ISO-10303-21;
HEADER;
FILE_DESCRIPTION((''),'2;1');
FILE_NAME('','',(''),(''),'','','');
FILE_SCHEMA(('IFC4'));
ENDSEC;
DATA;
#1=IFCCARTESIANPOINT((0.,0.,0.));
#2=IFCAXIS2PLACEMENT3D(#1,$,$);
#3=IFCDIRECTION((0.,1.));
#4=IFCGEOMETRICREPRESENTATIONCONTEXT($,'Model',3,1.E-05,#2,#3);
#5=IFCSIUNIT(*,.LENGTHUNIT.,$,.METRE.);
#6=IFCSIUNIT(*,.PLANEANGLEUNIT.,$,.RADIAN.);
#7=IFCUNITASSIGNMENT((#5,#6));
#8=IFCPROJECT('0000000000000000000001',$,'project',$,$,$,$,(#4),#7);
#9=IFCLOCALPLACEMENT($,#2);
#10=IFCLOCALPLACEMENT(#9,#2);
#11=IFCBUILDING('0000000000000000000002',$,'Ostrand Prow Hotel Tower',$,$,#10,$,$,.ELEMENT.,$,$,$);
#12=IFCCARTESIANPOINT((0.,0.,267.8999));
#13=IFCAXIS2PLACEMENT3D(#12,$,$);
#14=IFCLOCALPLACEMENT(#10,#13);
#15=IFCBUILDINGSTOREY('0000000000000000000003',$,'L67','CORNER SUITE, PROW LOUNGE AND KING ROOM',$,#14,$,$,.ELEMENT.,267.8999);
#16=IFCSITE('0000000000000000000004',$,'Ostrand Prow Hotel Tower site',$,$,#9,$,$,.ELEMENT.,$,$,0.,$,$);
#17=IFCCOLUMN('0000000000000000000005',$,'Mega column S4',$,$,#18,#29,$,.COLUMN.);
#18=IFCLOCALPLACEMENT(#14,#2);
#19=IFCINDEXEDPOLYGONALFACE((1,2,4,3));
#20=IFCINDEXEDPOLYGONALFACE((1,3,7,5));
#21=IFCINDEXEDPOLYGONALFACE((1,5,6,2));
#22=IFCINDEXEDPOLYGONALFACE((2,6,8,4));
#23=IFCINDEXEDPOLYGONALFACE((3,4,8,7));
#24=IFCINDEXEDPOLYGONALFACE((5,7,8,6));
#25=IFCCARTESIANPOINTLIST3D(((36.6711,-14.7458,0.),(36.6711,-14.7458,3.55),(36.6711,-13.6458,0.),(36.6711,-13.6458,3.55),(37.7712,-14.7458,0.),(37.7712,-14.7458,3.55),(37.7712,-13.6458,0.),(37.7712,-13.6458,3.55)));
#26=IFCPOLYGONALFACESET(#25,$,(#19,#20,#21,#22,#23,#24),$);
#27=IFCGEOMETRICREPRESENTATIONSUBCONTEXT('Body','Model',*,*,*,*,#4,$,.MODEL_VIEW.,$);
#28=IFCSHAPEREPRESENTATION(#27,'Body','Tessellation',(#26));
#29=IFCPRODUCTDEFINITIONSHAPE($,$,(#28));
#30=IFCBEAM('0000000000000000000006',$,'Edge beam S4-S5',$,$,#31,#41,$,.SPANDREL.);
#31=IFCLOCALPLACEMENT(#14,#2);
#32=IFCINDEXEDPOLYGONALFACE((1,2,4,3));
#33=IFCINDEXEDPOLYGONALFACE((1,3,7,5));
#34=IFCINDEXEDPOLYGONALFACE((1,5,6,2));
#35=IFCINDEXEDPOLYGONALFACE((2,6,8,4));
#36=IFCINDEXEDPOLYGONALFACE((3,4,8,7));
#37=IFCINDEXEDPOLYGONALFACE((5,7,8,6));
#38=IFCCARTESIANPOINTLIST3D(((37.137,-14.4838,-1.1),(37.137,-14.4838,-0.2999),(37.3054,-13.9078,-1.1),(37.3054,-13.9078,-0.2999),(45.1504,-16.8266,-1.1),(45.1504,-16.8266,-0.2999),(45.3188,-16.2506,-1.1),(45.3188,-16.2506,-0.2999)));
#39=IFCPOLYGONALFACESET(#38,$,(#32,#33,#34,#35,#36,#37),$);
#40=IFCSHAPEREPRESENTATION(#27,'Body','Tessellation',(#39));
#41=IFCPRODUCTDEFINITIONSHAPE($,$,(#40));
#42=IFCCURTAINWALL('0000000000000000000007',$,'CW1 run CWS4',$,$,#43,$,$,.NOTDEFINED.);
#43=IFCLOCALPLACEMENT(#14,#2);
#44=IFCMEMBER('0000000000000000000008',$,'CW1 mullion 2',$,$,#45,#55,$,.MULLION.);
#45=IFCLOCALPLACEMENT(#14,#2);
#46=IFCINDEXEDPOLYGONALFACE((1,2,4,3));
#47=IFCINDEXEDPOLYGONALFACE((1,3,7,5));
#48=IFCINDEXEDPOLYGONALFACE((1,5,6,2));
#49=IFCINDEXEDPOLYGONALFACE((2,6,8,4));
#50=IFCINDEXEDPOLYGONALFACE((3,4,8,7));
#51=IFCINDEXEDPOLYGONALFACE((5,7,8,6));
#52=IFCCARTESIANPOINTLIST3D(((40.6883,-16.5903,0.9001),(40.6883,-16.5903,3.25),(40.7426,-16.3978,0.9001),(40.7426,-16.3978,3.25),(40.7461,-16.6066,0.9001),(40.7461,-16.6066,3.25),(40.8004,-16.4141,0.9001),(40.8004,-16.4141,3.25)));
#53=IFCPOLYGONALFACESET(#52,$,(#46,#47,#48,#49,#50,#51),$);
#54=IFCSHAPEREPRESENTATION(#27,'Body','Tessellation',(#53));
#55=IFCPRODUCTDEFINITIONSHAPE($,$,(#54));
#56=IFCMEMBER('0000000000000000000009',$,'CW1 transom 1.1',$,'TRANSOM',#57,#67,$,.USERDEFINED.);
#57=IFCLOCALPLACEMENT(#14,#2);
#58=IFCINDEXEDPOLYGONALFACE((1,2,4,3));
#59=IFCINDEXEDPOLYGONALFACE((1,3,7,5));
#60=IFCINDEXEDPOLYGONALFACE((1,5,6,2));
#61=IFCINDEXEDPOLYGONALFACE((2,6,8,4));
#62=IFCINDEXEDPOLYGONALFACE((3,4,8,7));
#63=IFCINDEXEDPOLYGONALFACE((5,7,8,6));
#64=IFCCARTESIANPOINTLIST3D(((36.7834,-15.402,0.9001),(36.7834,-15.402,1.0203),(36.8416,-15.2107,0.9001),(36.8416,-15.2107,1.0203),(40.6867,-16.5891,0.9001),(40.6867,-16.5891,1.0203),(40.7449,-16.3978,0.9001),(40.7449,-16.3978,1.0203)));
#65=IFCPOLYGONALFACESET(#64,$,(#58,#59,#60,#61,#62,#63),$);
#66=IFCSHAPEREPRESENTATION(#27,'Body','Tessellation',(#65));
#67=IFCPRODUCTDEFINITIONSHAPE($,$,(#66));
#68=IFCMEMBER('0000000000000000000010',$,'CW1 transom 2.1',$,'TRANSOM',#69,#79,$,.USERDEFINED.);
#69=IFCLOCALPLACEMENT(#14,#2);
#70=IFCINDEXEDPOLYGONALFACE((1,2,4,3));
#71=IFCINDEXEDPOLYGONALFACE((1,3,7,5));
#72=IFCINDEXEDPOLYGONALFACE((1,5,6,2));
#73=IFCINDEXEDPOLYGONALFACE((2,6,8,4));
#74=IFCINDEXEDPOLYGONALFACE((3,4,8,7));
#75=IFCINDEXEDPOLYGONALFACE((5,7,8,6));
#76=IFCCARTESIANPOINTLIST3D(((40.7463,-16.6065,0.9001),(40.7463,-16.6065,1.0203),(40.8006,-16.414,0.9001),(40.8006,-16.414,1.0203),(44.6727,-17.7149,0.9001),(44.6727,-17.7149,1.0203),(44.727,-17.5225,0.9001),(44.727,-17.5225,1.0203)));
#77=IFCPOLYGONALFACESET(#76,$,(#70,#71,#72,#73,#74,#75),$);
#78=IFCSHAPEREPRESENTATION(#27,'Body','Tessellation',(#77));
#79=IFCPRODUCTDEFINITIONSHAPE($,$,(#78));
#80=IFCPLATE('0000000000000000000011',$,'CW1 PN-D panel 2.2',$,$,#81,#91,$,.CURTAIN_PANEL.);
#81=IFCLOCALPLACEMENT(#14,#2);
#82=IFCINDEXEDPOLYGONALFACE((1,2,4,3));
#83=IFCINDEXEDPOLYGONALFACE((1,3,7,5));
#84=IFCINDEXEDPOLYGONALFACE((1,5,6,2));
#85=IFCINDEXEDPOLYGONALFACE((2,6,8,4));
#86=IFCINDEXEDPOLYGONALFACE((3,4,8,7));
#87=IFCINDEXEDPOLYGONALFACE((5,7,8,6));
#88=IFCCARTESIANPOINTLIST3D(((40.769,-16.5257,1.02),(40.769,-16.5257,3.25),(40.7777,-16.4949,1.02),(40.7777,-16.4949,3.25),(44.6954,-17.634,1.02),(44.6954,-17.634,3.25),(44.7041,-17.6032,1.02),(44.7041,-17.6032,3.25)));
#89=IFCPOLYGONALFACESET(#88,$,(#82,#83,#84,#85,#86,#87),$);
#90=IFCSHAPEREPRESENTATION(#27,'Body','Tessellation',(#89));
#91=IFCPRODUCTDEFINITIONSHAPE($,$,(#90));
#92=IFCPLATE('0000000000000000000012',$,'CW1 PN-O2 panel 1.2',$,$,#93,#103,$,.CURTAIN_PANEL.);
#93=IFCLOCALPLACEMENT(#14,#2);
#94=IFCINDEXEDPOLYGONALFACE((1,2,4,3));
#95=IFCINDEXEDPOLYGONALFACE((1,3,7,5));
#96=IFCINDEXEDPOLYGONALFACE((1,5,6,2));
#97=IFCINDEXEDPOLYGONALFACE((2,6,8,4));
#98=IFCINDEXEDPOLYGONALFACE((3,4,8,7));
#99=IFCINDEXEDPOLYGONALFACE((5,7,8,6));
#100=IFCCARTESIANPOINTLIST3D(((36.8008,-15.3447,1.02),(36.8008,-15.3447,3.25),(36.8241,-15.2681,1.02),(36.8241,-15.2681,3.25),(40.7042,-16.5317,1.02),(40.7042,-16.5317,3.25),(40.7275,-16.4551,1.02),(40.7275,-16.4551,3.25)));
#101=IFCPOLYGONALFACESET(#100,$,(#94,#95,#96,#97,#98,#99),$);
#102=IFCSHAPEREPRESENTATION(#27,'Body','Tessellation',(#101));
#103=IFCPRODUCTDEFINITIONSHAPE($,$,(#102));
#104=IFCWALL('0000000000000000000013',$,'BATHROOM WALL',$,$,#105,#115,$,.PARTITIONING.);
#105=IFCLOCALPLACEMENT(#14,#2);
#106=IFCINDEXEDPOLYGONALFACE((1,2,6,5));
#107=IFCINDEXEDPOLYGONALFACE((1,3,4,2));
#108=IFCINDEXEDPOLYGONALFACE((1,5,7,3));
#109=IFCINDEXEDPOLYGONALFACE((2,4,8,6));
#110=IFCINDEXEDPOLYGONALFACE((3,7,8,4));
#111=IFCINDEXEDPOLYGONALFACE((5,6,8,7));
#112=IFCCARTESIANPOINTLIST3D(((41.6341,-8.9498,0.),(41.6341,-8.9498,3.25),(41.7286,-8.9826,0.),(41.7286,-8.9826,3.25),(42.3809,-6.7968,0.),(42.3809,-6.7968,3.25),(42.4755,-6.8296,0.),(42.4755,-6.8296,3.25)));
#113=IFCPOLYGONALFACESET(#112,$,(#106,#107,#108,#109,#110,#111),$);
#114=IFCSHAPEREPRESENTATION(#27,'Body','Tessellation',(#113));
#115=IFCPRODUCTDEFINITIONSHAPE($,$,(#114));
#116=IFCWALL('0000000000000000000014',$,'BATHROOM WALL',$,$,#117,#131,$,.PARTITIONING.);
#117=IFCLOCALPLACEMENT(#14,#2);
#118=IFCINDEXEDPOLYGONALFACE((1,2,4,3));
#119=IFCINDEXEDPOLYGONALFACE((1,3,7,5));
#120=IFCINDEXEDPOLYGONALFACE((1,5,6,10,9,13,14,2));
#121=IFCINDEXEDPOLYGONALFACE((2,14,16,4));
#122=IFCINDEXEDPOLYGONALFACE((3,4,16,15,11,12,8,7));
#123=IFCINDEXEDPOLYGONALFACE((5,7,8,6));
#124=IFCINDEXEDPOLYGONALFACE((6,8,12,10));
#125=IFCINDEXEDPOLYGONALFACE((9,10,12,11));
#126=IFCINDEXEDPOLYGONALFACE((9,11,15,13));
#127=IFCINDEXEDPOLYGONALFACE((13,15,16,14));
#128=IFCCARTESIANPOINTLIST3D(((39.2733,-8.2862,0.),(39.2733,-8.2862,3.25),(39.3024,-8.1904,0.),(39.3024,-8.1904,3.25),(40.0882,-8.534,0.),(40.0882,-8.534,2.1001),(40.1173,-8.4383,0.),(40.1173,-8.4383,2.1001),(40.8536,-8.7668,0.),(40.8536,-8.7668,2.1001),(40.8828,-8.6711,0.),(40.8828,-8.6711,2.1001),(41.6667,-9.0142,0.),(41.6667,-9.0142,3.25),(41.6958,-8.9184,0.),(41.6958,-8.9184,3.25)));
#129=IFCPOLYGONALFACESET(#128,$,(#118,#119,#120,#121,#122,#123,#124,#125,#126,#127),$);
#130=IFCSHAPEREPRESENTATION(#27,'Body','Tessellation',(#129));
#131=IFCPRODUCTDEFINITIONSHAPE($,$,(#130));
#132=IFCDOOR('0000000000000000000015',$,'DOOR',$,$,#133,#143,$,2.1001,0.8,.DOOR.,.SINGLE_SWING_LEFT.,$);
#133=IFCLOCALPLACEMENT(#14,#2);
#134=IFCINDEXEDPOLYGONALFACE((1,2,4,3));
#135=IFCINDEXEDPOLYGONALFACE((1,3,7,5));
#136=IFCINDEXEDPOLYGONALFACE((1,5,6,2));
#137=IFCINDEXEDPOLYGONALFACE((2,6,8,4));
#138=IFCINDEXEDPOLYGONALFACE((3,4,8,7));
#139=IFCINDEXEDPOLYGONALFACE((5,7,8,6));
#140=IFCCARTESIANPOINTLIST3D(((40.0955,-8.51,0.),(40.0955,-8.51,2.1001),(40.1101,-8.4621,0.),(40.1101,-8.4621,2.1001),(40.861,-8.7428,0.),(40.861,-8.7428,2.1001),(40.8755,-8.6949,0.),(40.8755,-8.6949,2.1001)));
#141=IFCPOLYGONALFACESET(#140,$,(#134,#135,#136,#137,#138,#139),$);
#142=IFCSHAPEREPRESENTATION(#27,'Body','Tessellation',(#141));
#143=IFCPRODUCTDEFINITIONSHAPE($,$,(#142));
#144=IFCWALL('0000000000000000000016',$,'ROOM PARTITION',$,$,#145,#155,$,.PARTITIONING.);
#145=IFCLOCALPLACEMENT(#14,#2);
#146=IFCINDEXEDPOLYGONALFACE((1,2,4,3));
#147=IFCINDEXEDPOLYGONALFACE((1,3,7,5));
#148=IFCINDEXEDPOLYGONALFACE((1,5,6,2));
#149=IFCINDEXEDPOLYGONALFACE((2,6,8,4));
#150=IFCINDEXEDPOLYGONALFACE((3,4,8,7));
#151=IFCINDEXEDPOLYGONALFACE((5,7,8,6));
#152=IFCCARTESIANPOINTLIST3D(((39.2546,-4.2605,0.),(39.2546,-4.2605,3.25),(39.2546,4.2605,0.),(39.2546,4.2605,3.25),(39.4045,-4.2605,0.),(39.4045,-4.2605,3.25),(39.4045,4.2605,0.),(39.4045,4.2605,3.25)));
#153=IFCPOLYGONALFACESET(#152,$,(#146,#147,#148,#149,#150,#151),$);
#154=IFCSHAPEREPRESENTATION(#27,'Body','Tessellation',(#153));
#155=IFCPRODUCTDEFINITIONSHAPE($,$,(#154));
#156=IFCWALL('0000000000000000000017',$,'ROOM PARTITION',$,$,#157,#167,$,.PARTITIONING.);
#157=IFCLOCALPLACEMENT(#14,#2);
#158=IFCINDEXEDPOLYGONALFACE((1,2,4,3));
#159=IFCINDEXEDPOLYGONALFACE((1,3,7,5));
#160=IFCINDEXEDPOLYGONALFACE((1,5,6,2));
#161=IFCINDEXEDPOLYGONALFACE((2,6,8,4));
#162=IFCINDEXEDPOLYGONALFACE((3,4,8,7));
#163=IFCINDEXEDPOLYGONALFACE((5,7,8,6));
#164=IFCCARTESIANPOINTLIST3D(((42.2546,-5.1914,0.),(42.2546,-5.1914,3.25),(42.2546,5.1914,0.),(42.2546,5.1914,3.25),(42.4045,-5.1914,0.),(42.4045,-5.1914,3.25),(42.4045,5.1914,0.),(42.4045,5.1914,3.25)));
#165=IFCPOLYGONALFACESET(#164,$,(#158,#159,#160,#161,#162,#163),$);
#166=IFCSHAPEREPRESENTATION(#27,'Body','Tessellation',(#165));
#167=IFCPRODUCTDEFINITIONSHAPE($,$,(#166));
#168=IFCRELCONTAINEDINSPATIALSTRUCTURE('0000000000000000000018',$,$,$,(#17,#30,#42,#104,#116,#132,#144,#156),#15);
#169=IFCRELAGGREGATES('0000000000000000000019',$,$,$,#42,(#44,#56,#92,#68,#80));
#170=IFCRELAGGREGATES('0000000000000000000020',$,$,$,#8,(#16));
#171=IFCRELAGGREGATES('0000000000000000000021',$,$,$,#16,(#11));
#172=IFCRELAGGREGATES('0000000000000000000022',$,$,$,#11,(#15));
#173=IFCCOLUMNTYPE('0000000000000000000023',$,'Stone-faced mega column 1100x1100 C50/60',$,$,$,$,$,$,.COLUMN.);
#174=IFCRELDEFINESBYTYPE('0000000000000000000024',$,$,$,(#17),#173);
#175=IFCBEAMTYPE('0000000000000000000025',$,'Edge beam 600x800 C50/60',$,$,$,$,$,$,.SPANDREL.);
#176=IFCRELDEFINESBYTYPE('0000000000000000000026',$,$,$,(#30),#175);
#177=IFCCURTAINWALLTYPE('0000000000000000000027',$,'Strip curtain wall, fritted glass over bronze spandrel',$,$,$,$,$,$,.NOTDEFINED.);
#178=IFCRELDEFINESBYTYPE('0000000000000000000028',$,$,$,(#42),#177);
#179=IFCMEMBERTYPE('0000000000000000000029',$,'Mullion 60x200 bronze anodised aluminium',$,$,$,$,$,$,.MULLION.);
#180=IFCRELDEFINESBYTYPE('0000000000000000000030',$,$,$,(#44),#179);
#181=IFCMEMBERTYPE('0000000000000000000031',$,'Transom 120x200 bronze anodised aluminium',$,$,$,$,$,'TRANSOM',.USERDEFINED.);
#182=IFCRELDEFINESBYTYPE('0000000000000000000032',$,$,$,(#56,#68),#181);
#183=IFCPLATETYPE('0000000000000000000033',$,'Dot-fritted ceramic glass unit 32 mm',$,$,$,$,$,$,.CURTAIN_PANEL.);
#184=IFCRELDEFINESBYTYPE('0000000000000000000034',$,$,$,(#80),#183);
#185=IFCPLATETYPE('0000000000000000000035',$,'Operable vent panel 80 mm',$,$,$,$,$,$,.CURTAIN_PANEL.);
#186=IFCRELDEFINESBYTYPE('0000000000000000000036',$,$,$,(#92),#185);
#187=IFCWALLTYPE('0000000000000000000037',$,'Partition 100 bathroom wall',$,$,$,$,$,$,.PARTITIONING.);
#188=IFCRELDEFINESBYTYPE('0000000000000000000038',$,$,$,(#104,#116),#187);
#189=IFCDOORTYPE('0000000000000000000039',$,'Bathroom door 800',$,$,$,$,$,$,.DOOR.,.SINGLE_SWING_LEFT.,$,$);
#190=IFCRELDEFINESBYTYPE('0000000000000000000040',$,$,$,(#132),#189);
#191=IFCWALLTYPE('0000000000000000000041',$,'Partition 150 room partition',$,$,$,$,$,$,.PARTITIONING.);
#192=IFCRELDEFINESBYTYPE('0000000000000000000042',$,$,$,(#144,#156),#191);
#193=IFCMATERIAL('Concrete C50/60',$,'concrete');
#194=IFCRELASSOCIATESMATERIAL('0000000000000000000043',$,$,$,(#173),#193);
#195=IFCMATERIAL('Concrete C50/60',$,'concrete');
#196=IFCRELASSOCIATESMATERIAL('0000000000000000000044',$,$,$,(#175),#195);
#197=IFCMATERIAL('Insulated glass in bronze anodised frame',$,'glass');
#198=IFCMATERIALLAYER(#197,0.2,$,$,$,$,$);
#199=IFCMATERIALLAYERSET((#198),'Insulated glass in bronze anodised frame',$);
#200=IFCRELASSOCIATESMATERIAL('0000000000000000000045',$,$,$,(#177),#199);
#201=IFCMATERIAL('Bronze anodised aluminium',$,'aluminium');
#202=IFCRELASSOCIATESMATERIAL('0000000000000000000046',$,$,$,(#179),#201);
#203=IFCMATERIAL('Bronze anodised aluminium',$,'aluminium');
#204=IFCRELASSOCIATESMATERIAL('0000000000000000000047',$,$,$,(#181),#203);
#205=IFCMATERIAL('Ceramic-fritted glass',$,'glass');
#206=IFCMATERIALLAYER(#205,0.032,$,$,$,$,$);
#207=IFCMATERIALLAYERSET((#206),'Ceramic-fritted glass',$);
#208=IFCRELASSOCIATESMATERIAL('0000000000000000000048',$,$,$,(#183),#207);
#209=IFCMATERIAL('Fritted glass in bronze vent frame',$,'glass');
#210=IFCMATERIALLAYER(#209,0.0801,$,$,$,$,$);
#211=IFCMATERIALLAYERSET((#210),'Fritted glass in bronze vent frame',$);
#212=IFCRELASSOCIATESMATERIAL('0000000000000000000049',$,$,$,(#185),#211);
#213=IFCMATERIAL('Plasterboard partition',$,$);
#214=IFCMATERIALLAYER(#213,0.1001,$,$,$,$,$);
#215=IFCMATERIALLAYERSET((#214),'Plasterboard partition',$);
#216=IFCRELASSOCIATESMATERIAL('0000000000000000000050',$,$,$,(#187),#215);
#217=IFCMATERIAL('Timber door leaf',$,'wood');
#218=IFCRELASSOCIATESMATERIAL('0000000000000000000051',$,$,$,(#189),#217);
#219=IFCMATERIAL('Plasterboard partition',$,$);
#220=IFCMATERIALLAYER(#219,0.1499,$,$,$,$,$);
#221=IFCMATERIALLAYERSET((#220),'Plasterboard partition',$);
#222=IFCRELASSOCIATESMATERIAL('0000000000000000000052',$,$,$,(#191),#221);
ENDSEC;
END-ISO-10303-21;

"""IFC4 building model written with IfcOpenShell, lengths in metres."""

from ifc_helpers import new_model, si_unit, direction, frame, frame_2d, origin, origin_2d, place, context, subcontext, project, spatial, rectangle, extrude, material, layer, layer_set, material_profile, profile_set, type_object, element, fill, aggregate, save


model = new_model("IFC4")

# Units and contexts
model_context = context("Model", 3, precision=1e-05, world=origin(), true_north=direction((0.0, 1.0)))
body_context = subcontext(model_context, "Body", "Model", "MODEL_VIEW")
ifc_project = project(units=[si_unit("LENGTHUNIT", "METRE"), si_unit("PLANEANGLEUNIT", "RADIAN")], contexts=[model_context])

# Site, building, storey
site_placement = place(None, origin())
site = spatial("IfcSite", under=ifc_project, at=site_placement, Name="Ostrand Prow Hotel Tower site", CompositionType="ELEMENT", RefElevation=0.0)
building_placement = place(site_placement, origin())
building = spatial("IfcBuilding", under=site, at=building_placement, Name="Ostrand Prow Hotel Tower", CompositionType="ELEMENT")
storey_placement = place(building_placement, frame((0.0, 0.0, 267.8999)))
storey = spatial("IfcBuildingStorey", under=building, at=storey_placement, Name="L67", Description="CORNER SUITE, PROW LOUNGE AND KING ROOM", CompositionType="ELEMENT", Elevation=267.8999)

# Column
ifc_material_1 = material(Name="Concrete C50/60", Category="concrete")
ifc_material_profile_1 = material_profile(ifc_material_1, rectangle(XDim=1.1001, YDim=1.1001, at=origin_2d()), Name="RC 1100x1100")
ifc_profile_set_1 = profile_set([ifc_material_profile_1], Name="Concrete C50/60")
column_type = type_object("IfcColumnType", Name="Stone-faced mega column 1100x1100 C50/60", PredefinedType="COLUMN", material=ifc_profile_set_1)
column_placement = place(storey_placement, frame((37.2212, -14.1958, 0.0), z_axis=(0.0, 0.0, 1.0), x_axis=(1.0, 0.0, 0.0)))
element("IfcColumn", 1, at=column_placement, inside=storey, type_object=column_type, Name="Mega column S4", PredefinedType="COLUMN", context=body_context, shape_type="SweptSolid", body=[
    extrude(rectangle(XDim=1.1001, YDim=1.1001, at=origin_2d()), origin(), (0.0, 0.0, 1.0), 3.55),
])

# Beam
ifc_material_2 = material(Name="Concrete C50/60", Category="concrete")
ifc_material_profile_2 = material_profile(ifc_material_2, rectangle(XDim=0.6001, YDim=0.8, at=origin_2d()), Name="RC 600x800")
ifc_profile_set_2 = profile_set([ifc_material_profile_2], Name="Concrete C50/60")
beam_type = type_object("IfcBeamType", Name="Edge beam 600x800 C50/60", PredefinedType="SPANDREL", material=ifc_profile_set_2)
beam_placement = place(storey_placement, frame((37.2212, -14.1958, -0.7), z_axis=(0.959822, -0.28061, 0.0), x_axis=(0.28061, 0.959822, 0.0)))
element("IfcBeam", 2, at=beam_placement, inside=storey, type_object=beam_type, Name="Edge beam S4-S5", PredefinedType="SPANDREL", context=body_context, shape_type="SweptSolid", body=[
    extrude(rectangle(XDim=0.6001, YDim=0.8, at=origin_2d()), origin(), (0.0, 0.0, 1.0), 8.3489),
])

# Curtain wall, members, plates
ifc_material_3 = material(Name="Insulated glass in bronze anodised frame", Category="glass")
ifc_layer_1 = layer(ifc_material_3, 0.2)
ifc_layer_set_1 = layer_set([ifc_layer_1], Name="Insulated glass in bronze anodised frame")
curtain_wall_type = type_object("IfcCurtainWallType", Name="Strip curtain wall, fritted glass over bronze spandrel", PredefinedType="NOTDEFINED", material=ifc_layer_set_1)
curtain_wall_placement = place(storey_placement, origin())
curtain_wall = element("IfcCurtainWall", 3, at=curtain_wall_placement, inside=storey, type_object=curtain_wall_type, Name="CW1 run CWS4", PredefinedType="NOTDEFINED")
ifc_material_4 = material(Name="Bronze anodised aluminium", Category="aluminium")
ifc_material_profile_3 = material_profile(ifc_material_4, rectangle(XDim=0.2, YDim=0.0601, at=origin_2d()), Name="Mullion 60x200 bronze anodised aluminium")
ifc_profile_set_3 = profile_set([ifc_material_profile_3], Name="Bronze anodised aluminium")
member_type_1 = type_object("IfcMemberType", Name="Mullion 60x200 bronze anodised aluminium", PredefinedType="MULLION", material=ifc_profile_set_3)
member_1_placement = place(storey_placement, frame((40.7444, -16.5022, 0.9001), z_axis=(0.0, 0.0, 1.0), x_axis=(0.271649, 0.962396, 0.0)))
member_1 = element("IfcMember", 4, at=member_1_placement, type_object=member_type_1, Name="CW1 mullion 2", PredefinedType="MULLION", context=body_context, shape_type="SweptSolid", body=[
    extrude(rectangle(XDim=0.2, YDim=0.0601, at=origin_2d()), origin(), (0.0, 0.0, 1.0), 2.3499),
])
ifc_material_5 = material(Name="Bronze anodised aluminium", Category="aluminium")
ifc_material_profile_4 = material_profile(ifc_material_5, rectangle(XDim=0.2, YDim=0.1201, at=origin_2d()), Name="Transom 120x200 bronze anodised aluminium")
ifc_profile_set_4 = profile_set([ifc_material_profile_4], Name="Bronze anodised aluminium")
member_type_2 = type_object("IfcMemberType", Name="Transom 120x200 bronze anodised aluminium", ElementType="TRANSOM", PredefinedType="USERDEFINED", material=ifc_profile_set_4)
member_2_placement = place(storey_placement, frame((36.8125, -15.3064, 0.9602), z_axis=(0.956739, -0.290947, 0.0), x_axis=(0.290947, 0.956739, 0.0)))
member_2 = element("IfcMember", 5, at=member_2_placement, type_object=member_type_2, Name="CW1 transom 1.1", ObjectType="TRANSOM", PredefinedType="USERDEFINED", context=body_context, shape_type="SweptSolid", body=[
    extrude(rectangle(XDim=0.2, YDim=0.1201, at=origin_2d()), origin(), (0.0, 0.0, 1.0), 4.0798),
])
member_3_placement = place(storey_placement, frame((40.7734, -16.5103, 0.9602), z_axis=(0.962386, -0.271685, 0.0), x_axis=(0.271685, 0.962386, 0.0)))
member_3 = element("IfcMember", 6, at=member_3_placement, type_object=member_type_2, Name="CW1 transom 2.1", ObjectType="TRANSOM", PredefinedType="USERDEFINED", context=body_context, shape_type="SweptSolid", body=[
    extrude(rectangle(XDim=0.2, YDim=0.1201, at=origin_2d()), origin(), (0.0, 0.0, 1.0), 4.0798),
])
ifc_material_6 = material(Name="Ceramic-fritted glass", Category="glass")
ifc_layer_2 = layer(ifc_material_6, 0.032)
ifc_layer_set_2 = layer_set([ifc_layer_2], Name="Ceramic-fritted glass")
plate_type_1 = type_object("IfcPlateType", Name="Dot-fritted ceramic glass unit 32 mm", PredefinedType="CURTAIN_PANEL", material=ifc_layer_set_2)
plate_1_placement = place(storey_placement, frame((42.7366, -17.0645, 1.02), z_axis=(0.0, 0.0, 1.0), x_axis=(0.962396, -0.271649, 0.0)))
plate_1 = element("IfcPlate", 7, at=plate_1_placement, type_object=plate_type_1, Name="CW1 PN-D panel 2.2", PredefinedType="CURTAIN_PANEL", context=body_context, shape_type="SweptSolid", body=[
    extrude(rectangle(XDim=4.0798, YDim=0.032, at=origin_2d()), origin(), (0.0, 0.0, 1.0), 2.23),
])
ifc_material_7 = material(Name="Fritted glass in bronze vent frame", Category="glass")
ifc_layer_3 = layer(ifc_material_7, 0.0801)
ifc_layer_set_3 = layer_set([ifc_layer_3], Name="Fritted glass in bronze vent frame")
plate_type_2 = type_object("IfcPlateType", Name="Operable vent panel 80 mm", PredefinedType="CURTAIN_PANEL", material=ifc_layer_set_3)
plate_2_placement = place(storey_placement, frame((38.7642, -15.8999, 1.02), z_axis=(0.0, 0.0, 1.0), x_axis=(0.956742, -0.290938, 0.0)))
plate_2 = element("IfcPlate", 8, at=plate_2_placement, type_object=plate_type_2, Name="CW1 PN-O2 panel 1.2", PredefinedType="CURTAIN_PANEL", context=body_context, shape_type="SweptSolid", body=[
    extrude(rectangle(XDim=4.0798, YDim=0.0801, at=origin_2d()), origin(), (0.0, 0.0, 1.0), 2.23),
])
aggregate(curtain_wall, [member_1, member_2, plate_2, member_3, plate_1])

# Wall
ifc_material_8 = material(Name="Plasterboard partition")
ifc_layer_4 = layer(ifc_material_8, 0.1001)
ifc_layer_set_4 = layer_set([ifc_layer_4], Name="Plasterboard partition")
wall_type_1 = type_object("IfcWallType", Name="Partition 100 bathroom wall", PredefinedType="PARTITIONING", material=ifc_layer_set_4)
wall_1_placement = place(storey_placement, frame((42.4282, -6.8132, 0.0), z_axis=(0.0, 0.0, 1.0), x_axis=(-0.327743, -0.944767, 0.0)))
element("IfcWall", 9, at=wall_1_placement, inside=storey, type_object=wall_type_1, Name="BATHROOM WALL", PredefinedType="PARTITIONING", context=body_context, shape_type="SweptSolid", body=[
    extrude(rectangle(XDim=2.2788, YDim=0.1001, at=frame_2d((1.1394, 0.0))), origin(), (0.0, 0.0, 1.0), 3.25),
])

# Wall, opening, door
wall_2_placement = place(storey_placement, frame((41.6814, -8.9663, 0.0), z_axis=(0.0, 0.0, 1.0), x_axis=(-0.956724, 0.290999, 0.0)))
wall_2 = element("IfcWall", 10, at=wall_2_placement, inside=storey, type_object=wall_type_1, Name="BATHROOM WALL", PredefinedType="PARTITIONING", context=body_context, shape_type="SweptSolid", body=[
    extrude(rectangle(XDim=2.5017, YDim=0.1001, at=frame_2d((1.251, 0.0))), origin(), (0.0, 0.0, 1.0), 3.25),
])
opening_1_placement = place(wall_2_placement, frame((0.8501, 0.0, 0.0)))
opening_1 = element("IfcOpeningElement", 11, at=opening_1_placement, cuts=wall_2, PredefinedType="OPENING", context=body_context, shape_type="SweptSolid", body=[
    extrude(rectangle(XDim=0.8, YDim=2.1001, at=frame_2d((0.3999, 1.05))), frame((0.0, 0.0601, 0.0), z_axis=(0.0, -1.0, 0.0), x_axis=(1.0, 0.0, 0.0)), (0.0, 0.0, 1.0), 0.1201),
])
ifc_material_9 = material(Name="Timber door leaf", Category="wood")
door_type_1 = type_object("IfcDoorType", Name="Bathroom door 800", OperationType="SINGLE_SWING_LEFT", PredefinedType="DOOR", material=ifc_material_9)
door_1_placement = place(opening_1_placement, origin())
door_1 = element("IfcDoor", 12, at=door_1_placement, inside=storey, type_object=door_type_1, Name="DOOR", OperationType="SINGLE_SWING_LEFT", OverallHeight=2.1001, OverallWidth=0.8, PredefinedType="DOOR", context=body_context, shape_type="SweptSolid", body=[
    extrude(rectangle(XDim=0.8, YDim=2.1001, at=frame_2d((0.3999, 1.05))), frame((0.0, 0.0249, 0.0), z_axis=(0.0, -1.0, 0.0), x_axis=(1.0, 0.0, 0.0)), (0.0, 0.0, 1.0), 0.05),
])
fill(opening_1, door_1)

# Walls
ifc_material_10 = material(Name="Plasterboard partition")
ifc_layer_5 = layer(ifc_material_10, 0.1499)
ifc_layer_set_5 = layer_set([ifc_layer_5], Name="Plasterboard partition")
wall_type_2 = type_object("IfcWallType", Name="Partition 150 room partition", PredefinedType="PARTITIONING", material=ifc_layer_set_5)
wall_3_placement = place(storey_placement, frame((39.3296, -4.2605, 0.0), z_axis=(0.0, 0.0, 1.0), x_axis=(0.0, 1.0, 0.0)))
element("IfcWall", 13, at=wall_3_placement, inside=storey, type_object=wall_type_2, Name="ROOM PARTITION", PredefinedType="PARTITIONING", context=body_context, shape_type="SweptSolid", body=[
    extrude(rectangle(XDim=8.521, YDim=0.1499, at=frame_2d((4.2605, 0.0))), origin(), (0.0, 0.0, 1.0), 3.25),
])
wall_4_placement = place(storey_placement, frame((42.3296, -5.1914, 0.0), z_axis=(0.0, 0.0, 1.0), x_axis=(0.0, 1.0, 0.0)))
element("IfcWall", 14, at=wall_4_placement, inside=storey, type_object=wall_type_2, Name="ROOM PARTITION", PredefinedType="PARTITIONING", context=body_context, shape_type="SweptSolid", body=[
    extrude(rectangle(XDim=10.3828, YDim=0.1499, at=frame_2d((5.1914, 0.0))), origin(), (0.0, 0.0, 1.0), 3.25),
])

save(model, "model.ifc")
